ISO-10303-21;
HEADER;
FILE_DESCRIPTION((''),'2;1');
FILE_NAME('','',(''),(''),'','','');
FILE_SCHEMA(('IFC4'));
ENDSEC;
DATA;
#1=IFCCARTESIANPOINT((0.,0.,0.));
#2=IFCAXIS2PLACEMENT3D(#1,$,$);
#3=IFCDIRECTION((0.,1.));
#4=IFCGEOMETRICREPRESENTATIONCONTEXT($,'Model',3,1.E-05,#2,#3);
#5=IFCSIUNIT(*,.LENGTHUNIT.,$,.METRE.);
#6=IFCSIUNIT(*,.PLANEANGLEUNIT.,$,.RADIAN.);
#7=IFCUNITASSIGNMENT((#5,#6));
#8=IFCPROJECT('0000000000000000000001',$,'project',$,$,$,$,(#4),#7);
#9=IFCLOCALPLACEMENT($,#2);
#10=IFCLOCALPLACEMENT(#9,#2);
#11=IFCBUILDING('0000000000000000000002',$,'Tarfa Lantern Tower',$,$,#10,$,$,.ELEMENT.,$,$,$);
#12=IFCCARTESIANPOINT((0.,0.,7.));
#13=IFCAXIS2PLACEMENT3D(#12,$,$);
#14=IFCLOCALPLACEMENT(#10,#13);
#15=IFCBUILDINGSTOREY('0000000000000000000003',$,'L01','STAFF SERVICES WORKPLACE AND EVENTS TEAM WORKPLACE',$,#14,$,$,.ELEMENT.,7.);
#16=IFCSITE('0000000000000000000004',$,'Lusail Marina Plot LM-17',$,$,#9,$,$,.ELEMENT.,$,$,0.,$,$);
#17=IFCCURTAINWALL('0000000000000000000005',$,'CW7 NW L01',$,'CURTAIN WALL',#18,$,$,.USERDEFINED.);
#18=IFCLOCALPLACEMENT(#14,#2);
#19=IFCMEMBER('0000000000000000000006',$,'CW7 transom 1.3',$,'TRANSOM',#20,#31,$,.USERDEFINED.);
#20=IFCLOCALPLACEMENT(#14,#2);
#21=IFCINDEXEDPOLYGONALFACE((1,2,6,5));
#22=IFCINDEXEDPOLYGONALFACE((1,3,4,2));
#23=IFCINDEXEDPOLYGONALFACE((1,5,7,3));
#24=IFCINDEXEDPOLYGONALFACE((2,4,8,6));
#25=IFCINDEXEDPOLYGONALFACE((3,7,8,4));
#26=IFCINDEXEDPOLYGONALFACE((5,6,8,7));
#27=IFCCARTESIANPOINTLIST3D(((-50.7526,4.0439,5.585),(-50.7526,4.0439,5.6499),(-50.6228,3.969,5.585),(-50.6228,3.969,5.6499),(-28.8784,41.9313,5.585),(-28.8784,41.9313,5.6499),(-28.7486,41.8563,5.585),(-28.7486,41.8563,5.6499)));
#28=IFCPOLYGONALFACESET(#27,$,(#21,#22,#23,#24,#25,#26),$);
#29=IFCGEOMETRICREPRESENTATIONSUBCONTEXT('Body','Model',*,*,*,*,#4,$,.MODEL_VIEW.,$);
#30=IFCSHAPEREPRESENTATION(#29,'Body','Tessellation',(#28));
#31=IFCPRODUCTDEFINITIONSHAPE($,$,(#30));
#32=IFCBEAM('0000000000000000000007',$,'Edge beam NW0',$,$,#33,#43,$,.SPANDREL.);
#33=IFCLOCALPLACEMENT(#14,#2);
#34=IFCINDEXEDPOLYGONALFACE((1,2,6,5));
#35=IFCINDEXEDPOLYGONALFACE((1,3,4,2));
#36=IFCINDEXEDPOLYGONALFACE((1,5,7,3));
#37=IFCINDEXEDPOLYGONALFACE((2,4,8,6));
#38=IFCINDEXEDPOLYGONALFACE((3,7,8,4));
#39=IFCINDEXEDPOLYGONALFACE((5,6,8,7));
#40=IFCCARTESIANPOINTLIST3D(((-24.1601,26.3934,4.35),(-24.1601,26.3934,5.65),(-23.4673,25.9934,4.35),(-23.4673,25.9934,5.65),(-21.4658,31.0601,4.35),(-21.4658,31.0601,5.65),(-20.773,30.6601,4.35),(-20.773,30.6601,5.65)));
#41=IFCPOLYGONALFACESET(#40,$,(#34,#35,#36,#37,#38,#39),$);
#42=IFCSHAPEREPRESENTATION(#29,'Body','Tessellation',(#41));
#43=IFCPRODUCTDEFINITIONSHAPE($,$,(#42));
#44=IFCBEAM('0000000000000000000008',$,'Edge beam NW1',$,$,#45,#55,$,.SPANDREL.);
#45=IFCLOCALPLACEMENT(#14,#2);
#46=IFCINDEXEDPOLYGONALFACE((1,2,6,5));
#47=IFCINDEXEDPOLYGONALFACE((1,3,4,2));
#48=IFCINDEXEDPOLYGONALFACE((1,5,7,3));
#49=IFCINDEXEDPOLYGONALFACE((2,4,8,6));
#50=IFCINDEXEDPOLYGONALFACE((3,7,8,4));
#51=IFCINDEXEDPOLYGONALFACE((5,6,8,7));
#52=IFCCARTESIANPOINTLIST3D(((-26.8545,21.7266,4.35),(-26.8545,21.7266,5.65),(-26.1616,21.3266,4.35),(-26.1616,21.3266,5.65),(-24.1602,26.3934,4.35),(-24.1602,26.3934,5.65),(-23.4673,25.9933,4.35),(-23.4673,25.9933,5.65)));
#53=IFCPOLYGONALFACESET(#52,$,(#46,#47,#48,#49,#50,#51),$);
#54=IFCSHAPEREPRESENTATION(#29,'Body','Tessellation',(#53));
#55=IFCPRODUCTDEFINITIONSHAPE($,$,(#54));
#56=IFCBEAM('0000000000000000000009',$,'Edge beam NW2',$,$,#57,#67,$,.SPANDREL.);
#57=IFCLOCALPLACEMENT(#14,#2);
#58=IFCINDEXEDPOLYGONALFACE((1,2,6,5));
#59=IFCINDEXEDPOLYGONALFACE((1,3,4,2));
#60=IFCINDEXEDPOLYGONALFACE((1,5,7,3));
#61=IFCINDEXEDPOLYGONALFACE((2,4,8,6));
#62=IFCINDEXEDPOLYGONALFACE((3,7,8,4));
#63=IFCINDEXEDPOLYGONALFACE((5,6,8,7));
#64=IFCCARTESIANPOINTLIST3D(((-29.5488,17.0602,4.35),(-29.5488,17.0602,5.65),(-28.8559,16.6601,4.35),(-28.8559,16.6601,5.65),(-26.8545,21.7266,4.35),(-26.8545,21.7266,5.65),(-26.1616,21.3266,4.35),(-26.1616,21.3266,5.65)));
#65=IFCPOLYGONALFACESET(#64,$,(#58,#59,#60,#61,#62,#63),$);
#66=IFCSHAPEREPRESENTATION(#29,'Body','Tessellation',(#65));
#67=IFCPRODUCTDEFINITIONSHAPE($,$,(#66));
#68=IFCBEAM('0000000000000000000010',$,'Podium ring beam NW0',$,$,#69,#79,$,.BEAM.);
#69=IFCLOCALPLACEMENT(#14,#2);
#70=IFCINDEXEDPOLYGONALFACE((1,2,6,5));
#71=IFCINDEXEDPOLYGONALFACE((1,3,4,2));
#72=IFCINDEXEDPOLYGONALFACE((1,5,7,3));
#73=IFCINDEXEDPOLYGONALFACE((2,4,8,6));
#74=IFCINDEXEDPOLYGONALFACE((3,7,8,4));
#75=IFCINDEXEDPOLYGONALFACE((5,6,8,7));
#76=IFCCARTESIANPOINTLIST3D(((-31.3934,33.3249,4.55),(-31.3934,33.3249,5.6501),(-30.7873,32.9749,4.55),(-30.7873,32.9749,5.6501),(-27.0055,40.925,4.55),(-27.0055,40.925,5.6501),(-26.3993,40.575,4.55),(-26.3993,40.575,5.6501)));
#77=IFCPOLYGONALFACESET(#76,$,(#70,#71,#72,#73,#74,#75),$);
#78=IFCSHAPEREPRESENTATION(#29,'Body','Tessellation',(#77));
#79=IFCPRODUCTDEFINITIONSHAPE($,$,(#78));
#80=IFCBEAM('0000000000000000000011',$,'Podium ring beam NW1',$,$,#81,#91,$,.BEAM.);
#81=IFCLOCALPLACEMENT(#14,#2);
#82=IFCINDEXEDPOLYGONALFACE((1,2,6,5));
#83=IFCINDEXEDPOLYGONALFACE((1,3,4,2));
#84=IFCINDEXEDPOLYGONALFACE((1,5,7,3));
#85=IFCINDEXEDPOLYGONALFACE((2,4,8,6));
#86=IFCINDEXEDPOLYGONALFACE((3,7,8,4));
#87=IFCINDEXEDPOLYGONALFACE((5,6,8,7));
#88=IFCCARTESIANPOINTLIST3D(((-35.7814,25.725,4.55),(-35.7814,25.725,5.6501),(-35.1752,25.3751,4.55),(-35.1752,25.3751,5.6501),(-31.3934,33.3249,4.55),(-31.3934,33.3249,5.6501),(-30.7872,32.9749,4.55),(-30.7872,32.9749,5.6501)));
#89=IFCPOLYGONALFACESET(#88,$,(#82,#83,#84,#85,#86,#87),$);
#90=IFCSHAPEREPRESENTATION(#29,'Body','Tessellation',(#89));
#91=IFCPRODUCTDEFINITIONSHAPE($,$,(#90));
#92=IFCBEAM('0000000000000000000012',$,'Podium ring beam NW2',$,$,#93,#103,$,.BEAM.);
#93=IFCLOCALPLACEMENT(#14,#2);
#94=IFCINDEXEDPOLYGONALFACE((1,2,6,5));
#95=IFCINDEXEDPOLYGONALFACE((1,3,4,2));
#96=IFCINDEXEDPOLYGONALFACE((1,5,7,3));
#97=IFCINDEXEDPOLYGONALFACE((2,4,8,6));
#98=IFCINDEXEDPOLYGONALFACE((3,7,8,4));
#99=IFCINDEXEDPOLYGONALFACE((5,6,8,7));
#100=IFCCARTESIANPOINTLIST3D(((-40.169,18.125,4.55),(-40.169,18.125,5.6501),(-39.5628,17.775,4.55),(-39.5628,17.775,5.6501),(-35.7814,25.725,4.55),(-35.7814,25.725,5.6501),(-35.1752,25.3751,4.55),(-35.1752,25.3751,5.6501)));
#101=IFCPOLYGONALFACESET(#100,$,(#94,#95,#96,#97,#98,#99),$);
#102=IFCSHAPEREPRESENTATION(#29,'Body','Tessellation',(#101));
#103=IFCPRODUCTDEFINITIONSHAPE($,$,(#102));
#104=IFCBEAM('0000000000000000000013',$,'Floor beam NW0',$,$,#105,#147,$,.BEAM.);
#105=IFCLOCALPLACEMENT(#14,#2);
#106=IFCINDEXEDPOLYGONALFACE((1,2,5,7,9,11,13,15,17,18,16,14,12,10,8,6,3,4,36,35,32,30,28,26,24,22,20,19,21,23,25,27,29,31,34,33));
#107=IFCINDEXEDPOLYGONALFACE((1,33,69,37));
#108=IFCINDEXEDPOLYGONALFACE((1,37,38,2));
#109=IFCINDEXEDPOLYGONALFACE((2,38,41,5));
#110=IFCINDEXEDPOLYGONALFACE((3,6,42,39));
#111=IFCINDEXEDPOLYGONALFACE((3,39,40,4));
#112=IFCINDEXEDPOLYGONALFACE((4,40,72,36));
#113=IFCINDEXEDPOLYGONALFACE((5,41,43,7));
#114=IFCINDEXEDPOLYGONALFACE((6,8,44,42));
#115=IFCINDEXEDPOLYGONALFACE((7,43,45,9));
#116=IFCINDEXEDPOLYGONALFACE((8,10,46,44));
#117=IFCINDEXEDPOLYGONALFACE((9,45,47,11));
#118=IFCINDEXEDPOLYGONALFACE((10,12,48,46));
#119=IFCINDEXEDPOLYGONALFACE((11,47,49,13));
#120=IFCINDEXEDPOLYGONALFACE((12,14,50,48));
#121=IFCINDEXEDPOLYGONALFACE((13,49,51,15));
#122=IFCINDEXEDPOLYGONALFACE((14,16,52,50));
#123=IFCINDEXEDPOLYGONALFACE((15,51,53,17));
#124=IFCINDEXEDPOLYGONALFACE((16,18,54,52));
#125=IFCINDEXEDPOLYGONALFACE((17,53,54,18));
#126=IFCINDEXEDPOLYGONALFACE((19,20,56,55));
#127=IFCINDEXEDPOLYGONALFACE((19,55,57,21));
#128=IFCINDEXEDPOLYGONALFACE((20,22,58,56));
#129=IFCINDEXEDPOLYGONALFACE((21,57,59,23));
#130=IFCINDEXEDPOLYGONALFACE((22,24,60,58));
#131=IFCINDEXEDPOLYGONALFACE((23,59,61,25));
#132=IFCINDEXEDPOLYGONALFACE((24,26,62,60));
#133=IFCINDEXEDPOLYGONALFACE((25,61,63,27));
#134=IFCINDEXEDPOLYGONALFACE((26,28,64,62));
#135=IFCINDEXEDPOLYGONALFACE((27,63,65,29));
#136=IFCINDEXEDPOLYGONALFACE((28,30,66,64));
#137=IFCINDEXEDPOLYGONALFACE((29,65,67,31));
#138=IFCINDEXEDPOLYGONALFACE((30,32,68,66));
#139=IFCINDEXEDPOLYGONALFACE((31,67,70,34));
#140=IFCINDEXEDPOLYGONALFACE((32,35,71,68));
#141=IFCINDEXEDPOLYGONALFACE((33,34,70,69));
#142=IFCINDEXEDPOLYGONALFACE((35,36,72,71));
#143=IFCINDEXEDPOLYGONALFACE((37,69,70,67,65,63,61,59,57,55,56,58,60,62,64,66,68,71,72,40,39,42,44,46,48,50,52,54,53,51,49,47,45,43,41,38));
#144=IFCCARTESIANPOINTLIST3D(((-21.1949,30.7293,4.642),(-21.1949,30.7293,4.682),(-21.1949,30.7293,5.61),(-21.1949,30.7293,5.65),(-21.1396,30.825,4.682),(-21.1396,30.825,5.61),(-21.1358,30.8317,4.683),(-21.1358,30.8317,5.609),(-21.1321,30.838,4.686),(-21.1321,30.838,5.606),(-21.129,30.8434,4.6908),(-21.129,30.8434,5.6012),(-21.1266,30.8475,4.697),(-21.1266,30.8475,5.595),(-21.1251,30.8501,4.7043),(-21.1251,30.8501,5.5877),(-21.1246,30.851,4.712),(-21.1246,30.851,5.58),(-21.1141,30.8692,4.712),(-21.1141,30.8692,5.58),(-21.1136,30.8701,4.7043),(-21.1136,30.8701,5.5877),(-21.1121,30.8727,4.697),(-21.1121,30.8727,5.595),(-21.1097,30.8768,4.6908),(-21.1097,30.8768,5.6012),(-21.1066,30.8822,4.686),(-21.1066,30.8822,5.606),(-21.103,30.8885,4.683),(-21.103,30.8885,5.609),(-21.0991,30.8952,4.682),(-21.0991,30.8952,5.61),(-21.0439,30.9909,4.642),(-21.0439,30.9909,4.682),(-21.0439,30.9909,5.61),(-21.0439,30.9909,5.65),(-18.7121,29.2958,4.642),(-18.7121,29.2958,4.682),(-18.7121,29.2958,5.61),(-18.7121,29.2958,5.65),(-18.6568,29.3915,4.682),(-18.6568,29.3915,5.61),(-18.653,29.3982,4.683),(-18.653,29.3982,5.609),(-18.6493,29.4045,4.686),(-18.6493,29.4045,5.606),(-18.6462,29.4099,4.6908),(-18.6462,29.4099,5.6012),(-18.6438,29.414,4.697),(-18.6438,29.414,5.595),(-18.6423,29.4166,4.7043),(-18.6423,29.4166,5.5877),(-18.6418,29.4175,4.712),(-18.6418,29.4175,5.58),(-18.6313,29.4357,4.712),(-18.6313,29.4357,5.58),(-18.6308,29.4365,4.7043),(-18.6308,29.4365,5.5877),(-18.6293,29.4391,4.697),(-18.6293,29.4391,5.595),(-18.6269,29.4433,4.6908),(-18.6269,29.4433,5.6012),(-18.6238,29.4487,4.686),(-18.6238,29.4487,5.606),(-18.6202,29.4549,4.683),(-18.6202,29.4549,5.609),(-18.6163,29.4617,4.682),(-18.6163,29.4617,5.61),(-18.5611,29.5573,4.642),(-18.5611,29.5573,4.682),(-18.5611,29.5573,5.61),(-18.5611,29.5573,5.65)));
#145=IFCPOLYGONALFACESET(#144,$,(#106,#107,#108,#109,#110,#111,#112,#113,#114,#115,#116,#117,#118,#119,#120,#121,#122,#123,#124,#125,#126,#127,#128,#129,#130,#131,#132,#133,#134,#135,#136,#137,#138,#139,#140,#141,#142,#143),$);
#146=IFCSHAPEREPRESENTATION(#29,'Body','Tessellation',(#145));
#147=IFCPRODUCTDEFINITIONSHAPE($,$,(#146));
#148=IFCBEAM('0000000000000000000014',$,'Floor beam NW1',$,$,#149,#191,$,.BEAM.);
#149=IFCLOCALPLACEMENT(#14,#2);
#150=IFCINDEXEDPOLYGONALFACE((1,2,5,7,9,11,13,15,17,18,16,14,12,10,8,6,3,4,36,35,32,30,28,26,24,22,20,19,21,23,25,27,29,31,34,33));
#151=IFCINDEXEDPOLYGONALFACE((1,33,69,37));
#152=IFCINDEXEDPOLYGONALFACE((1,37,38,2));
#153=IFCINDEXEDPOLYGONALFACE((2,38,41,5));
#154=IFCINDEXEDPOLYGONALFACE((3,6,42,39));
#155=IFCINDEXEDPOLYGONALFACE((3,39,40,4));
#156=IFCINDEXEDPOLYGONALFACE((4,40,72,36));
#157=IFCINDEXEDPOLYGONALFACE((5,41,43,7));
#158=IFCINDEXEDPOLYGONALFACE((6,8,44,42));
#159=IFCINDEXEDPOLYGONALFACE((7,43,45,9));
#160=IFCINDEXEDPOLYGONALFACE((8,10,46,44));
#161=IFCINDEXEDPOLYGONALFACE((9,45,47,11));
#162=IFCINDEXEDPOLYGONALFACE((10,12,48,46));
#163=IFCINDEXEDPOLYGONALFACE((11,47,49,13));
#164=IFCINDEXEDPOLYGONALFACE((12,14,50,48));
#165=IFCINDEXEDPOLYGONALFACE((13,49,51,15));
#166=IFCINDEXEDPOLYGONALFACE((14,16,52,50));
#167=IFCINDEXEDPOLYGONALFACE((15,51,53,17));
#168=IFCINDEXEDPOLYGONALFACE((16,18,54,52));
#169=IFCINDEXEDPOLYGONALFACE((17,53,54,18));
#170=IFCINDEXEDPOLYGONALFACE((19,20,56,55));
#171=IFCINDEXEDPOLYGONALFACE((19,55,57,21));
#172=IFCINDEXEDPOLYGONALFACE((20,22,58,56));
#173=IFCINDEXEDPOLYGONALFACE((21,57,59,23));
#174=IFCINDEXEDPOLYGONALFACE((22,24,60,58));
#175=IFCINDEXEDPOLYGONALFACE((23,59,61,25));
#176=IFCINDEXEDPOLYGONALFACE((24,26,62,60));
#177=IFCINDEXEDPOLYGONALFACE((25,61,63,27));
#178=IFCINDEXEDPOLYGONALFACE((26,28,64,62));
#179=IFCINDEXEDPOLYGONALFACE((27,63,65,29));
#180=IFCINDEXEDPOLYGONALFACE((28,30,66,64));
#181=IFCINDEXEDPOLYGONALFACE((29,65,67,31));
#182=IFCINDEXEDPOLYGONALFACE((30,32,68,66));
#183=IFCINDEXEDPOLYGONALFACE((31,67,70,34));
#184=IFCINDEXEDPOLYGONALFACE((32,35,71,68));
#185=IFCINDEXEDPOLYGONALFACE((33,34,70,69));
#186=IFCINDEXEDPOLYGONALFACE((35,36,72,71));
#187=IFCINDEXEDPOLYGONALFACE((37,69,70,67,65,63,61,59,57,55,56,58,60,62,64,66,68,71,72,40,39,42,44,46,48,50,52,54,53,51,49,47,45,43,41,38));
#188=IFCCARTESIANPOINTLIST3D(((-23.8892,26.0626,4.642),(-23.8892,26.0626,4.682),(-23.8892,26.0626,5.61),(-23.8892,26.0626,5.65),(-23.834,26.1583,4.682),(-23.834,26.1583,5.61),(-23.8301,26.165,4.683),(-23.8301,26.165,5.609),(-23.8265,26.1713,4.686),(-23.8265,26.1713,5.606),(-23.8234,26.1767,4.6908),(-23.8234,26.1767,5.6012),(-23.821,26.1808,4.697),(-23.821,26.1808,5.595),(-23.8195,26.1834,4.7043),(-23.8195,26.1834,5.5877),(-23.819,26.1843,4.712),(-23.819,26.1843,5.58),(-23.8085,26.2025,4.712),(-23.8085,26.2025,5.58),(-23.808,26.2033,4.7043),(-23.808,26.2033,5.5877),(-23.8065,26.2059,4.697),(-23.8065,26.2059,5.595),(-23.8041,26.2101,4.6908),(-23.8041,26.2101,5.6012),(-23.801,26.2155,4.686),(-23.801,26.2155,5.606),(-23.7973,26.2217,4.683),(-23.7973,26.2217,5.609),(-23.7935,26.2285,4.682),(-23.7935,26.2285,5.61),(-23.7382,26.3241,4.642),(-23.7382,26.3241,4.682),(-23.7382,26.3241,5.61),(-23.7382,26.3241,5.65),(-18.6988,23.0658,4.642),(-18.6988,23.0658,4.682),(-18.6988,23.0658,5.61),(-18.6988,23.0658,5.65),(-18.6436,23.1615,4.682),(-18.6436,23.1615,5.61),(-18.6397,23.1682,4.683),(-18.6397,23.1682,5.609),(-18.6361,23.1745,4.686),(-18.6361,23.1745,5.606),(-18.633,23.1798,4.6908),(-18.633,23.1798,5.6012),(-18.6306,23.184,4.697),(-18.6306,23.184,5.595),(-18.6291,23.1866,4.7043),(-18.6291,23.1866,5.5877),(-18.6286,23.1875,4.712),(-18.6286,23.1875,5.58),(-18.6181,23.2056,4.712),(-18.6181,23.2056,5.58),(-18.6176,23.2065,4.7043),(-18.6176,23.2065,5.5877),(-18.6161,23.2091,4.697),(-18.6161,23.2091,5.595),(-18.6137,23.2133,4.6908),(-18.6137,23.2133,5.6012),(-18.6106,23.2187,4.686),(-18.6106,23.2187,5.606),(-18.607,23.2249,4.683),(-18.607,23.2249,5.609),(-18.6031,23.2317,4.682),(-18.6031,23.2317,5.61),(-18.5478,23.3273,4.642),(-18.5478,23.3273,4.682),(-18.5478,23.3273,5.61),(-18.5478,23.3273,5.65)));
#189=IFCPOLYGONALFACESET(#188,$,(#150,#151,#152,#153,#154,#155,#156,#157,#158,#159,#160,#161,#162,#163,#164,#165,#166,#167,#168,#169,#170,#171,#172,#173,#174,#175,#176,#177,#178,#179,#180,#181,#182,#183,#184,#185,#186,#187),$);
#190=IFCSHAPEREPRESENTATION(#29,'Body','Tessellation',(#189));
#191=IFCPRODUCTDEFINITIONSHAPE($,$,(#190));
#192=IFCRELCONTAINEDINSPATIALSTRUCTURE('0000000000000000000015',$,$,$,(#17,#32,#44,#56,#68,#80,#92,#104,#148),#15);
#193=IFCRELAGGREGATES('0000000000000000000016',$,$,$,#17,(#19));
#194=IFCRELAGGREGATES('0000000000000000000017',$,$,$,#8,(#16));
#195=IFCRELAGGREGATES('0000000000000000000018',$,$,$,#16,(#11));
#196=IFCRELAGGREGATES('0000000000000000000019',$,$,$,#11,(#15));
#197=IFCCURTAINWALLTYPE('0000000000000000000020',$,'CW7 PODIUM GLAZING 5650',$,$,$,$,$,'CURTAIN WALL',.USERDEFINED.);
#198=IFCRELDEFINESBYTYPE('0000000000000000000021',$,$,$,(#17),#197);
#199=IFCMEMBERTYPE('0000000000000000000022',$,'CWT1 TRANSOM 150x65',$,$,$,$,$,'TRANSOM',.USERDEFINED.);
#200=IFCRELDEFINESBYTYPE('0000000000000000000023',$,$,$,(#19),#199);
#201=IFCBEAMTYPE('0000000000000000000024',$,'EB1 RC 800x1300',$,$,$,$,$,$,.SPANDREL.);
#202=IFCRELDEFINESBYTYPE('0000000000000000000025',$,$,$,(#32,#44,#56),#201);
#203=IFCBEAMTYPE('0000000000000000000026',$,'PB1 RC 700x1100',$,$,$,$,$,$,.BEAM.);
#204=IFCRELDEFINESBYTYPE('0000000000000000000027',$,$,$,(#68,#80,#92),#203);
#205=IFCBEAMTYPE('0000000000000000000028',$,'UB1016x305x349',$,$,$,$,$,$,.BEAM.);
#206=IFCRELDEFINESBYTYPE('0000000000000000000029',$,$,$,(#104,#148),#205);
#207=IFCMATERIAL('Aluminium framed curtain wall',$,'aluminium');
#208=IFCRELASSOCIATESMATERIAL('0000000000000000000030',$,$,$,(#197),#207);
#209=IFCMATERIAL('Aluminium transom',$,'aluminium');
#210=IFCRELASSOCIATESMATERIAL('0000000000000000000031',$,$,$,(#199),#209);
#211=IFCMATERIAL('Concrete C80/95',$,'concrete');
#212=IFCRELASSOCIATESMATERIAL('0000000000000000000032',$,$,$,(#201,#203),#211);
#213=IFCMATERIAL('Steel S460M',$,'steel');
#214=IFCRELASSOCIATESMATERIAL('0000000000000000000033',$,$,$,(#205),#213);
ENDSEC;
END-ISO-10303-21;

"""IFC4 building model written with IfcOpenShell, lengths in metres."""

from ifc_helpers import new_model, si_unit, direction, frame, origin, origin_2d, place, context, subcontext, project, spatial, rectangle, i_section, extrude, material, material_profile, profile_set, type_object, element, aggregate, save


model = new_model("IFC4")

# Units and contexts
model_context = context("Model", 3, precision=1e-05, world=origin(), true_north=direction((0.0, 1.0)))
body_context = subcontext(model_context, "Body", "Model", "MODEL_VIEW")
ifc_project = project(units=[si_unit("LENGTHUNIT", "METRE"), si_unit("PLANEANGLEUNIT", "RADIAN")], contexts=[model_context])

# Site, building, storey
site_placement = place(None, origin())
site = spatial("IfcSite", under=ifc_project, at=site_placement, Name="Lusail Marina Plot LM-17", CompositionType="ELEMENT", RefElevation=0.0)
building_placement = place(site_placement, origin())
building = spatial("IfcBuilding", under=site, at=building_placement, Name="Tarfa Lantern Tower", CompositionType="ELEMENT")
storey_placement = place(building_placement, frame((0.0, 0.0, 7.0)))
storey = spatial("IfcBuildingStorey", under=building, at=storey_placement, Name="L01", Description="STAFF SERVICES WORKPLACE AND EVENTS TEAM WORKPLACE", CompositionType="ELEMENT", Elevation=7.0)

# Shared definitions
ifc_material_1 = material(Name="Concrete C80/95", Category="concrete")

# Shared definitions
ifc_material_2 = material(Name="Aluminium framed curtain wall", Category="aluminium")
curtain_wall_type = type_object("IfcCurtainWallType", Name="CW7 PODIUM GLAZING 5650", ElementType="CURTAIN WALL", PredefinedType="USERDEFINED", material=ifc_material_2)

# Curtain wall, member
curtain_wall_1_placement = place(storey_placement, origin())
curtain_wall_1 = element("IfcCurtainWall", 1, at=curtain_wall_1_placement, inside=storey, type_object=curtain_wall_type, Name="CW7 NW L01", ObjectType="CURTAIN WALL", PredefinedType="USERDEFINED")
ifc_material_3 = material(Name="Aluminium transom", Category="aluminium")
ifc_material_profile_1 = material_profile(ifc_material_3, rectangle(XDim=0.1499, YDim=0.0649, at=origin_2d()), Name="AL TRANSOM 150x65")
ifc_profile_set_1 = profile_set([ifc_material_profile_1], Name="Aluminium transom")
member_type_1 = type_object("IfcMemberType", Name="CWT1 TRANSOM 150x65", ElementType="TRANSOM", PredefinedType="USERDEFINED", material=ifc_profile_set_1)
member_1_placement = place(storey_placement, frame((-28.8135, 41.8938, 5.6174), z_axis=(-0.499999, -0.866026, 0.0), x_axis=(0.866026, -0.499999, 0.0)))
member_1 = element("IfcMember", 2, at=member_1_placement, type_object=member_type_1, Name="CW7 transom 1.3", ObjectType="TRANSOM", PredefinedType="USERDEFINED", context=body_context, shape_type="SweptSolid", body=[
    extrude(rectangle(XDim=0.1499, YDim=0.0649, at=origin_2d()), origin(), (0.0, 0.0, 1.0), 43.7485),
])

# Beams
ifc_material_profile_2 = material_profile(ifc_material_1, rectangle(XDim=0.8, YDim=1.3, at=origin_2d()), Name="RC 800x1300")
ifc_profile_set_2 = profile_set([ifc_material_profile_2], Name="Concrete C80/95")
beam_type_1 = type_object("IfcBeamType", Name="EB1 RC 800x1300", PredefinedType="SPANDREL", material=ifc_profile_set_2)
for number, where, z_axis, x_axis, name in (
    (3, (-21.1194, 30.8601, 5.0), (-0.499998, -0.866026, 0.0), (0.866026, -0.499998, 0.0), "Edge beam NW0"),
    (4, (-23.8137, 26.1934, 5.0), (-0.499998, -0.866026, 0.0), (0.866026, -0.499998, 0.0), "Edge beam NW1"),
):
    element("IfcBeam", number, at=place(storey_placement, frame(where, z_axis=z_axis, x_axis=x_axis)), inside=storey, type_object=beam_type_1, Name=name, PredefinedType="SPANDREL", context=body_context, shape_type="SweptSolid", body=[
        extrude(rectangle(XDim=0.8, YDim=1.3, at=origin_2d()), origin(), (0.0, 0.0, 1.0), 5.3887),
    ])
beam_1_placement = place(storey_placement, frame((-26.5081, 21.5266, 5.0), z_axis=(-0.500018, -0.866015, 0.0), x_axis=(0.866015, -0.500018, 0.0)))
element("IfcBeam", 5, at=beam_1_placement, inside=storey, type_object=beam_type_1, Name="Edge beam NW2", PredefinedType="SPANDREL", context=body_context, shape_type="SweptSolid", body=[
    extrude(rectangle(XDim=0.8, YDim=1.3, at=origin_2d()), origin(), (0.0, 0.0, 1.0), 5.3884),
])
ifc_material_profile_3 = material_profile(ifc_material_1, rectangle(XDim=0.7, YDim=1.1001, at=origin_2d()), Name="RC 700x1100")
ifc_profile_set_3 = profile_set([ifc_material_profile_3], Name="Concrete C80/95")
beam_type_2 = type_object("IfcBeamType", Name="PB1 RC 700x1100", PredefinedType="BEAM", material=ifc_profile_set_3)
beam_2_placement = place(storey_placement, frame((-26.7024, 40.75, 5.1001), z_axis=(-0.500002, -0.866024, 0.0), x_axis=(0.866024, -0.500002, 0.0)))
element("IfcBeam", 6, at=beam_2_placement, inside=storey, type_object=beam_type_2, Name="Podium ring beam NW0", PredefinedType="BEAM", context=body_context, shape_type="SweptSolid", body=[
    extrude(rectangle(XDim=0.7, YDim=1.1001, at=origin_2d()), origin(), (0.0, 0.0, 1.0), 8.7759),
])
for number, where, z_axis, x_axis, name in (
    (7, (-31.0903, 33.1499, 5.1001), (-0.500014, -0.866017, 0.0), (0.866017, -0.500014, 0.0), "Podium ring beam NW1"),
    (8, (-35.4783, 25.55, 5.1001), (-0.499981, -0.866036, 0.0), (0.866036, -0.499981, 0.0), "Podium ring beam NW2"),
):
    element("IfcBeam", number, at=place(storey_placement, frame(where, z_axis=z_axis, x_axis=x_axis)), inside=storey, type_object=beam_type_2, Name=name, PredefinedType="BEAM", context=body_context, shape_type="SweptSolid", body=[
        extrude(rectangle(XDim=0.7, YDim=1.1001, at=origin_2d()), origin(), (0.0, 0.0, 1.0), 8.7756),
    ])
ifc_material_4 = material(Name="Steel S460M", Category="steel")
ifc_material_profile_4 = material_profile(ifc_material_4, i_section(OverallWidth=0.302, OverallDepth=1.0081, WebThickness=0.021, FlangeThickness=0.04, FilletRadius=0.03, at=origin_2d()), Name="UB1016x305x349")
ifc_profile_set_4 = profile_set([ifc_material_profile_4], Name="Steel S460M")
beam_type_3 = type_object("IfcBeamType", Name="UB1016x305x349", PredefinedType="BEAM", material=ifc_profile_set_4)
beam_3_placement = place(storey_placement, frame((-21.1194, 30.8601, 5.146), z_axis=(0.866013, -0.500022, 0.0), x_axis=(0.500022, 0.866013, 0.0)))
element("IfcBeam", 9, at=beam_3_placement, inside=storey, type_object=beam_type_3, Name="Floor beam NW0", PredefinedType="BEAM", context=body_context, shape_type="SweptSolid", body=[
    extrude(i_section(OverallWidth=0.302, OverallDepth=1.0081, WebThickness=0.021, FlangeThickness=0.04, FilletRadius=0.03, at=origin_2d()), origin(), (0.0, 0.0, 1.0), 2.8669),
])
beam_4_placement = place(storey_placement, frame((-23.8137, 26.1934, 5.146), z_axis=(0.866016, -0.500016, 0.0), x_axis=(0.500016, 0.866016, 0.0)))
element("IfcBeam", 10, at=beam_4_placement, inside=storey, type_object=beam_type_3, Name="Floor beam NW1", PredefinedType="BEAM", context=body_context, shape_type="SweptSolid", body=[
    extrude(i_section(OverallWidth=0.302, OverallDepth=1.0081, WebThickness=0.021, FlangeThickness=0.04, FilletRadius=0.03, at=origin_2d()), origin(), (0.0, 0.0, 1.0), 5.9934),
])

aggregate(curtain_wall_1, [member_1])

save(model, "model.ifc")
